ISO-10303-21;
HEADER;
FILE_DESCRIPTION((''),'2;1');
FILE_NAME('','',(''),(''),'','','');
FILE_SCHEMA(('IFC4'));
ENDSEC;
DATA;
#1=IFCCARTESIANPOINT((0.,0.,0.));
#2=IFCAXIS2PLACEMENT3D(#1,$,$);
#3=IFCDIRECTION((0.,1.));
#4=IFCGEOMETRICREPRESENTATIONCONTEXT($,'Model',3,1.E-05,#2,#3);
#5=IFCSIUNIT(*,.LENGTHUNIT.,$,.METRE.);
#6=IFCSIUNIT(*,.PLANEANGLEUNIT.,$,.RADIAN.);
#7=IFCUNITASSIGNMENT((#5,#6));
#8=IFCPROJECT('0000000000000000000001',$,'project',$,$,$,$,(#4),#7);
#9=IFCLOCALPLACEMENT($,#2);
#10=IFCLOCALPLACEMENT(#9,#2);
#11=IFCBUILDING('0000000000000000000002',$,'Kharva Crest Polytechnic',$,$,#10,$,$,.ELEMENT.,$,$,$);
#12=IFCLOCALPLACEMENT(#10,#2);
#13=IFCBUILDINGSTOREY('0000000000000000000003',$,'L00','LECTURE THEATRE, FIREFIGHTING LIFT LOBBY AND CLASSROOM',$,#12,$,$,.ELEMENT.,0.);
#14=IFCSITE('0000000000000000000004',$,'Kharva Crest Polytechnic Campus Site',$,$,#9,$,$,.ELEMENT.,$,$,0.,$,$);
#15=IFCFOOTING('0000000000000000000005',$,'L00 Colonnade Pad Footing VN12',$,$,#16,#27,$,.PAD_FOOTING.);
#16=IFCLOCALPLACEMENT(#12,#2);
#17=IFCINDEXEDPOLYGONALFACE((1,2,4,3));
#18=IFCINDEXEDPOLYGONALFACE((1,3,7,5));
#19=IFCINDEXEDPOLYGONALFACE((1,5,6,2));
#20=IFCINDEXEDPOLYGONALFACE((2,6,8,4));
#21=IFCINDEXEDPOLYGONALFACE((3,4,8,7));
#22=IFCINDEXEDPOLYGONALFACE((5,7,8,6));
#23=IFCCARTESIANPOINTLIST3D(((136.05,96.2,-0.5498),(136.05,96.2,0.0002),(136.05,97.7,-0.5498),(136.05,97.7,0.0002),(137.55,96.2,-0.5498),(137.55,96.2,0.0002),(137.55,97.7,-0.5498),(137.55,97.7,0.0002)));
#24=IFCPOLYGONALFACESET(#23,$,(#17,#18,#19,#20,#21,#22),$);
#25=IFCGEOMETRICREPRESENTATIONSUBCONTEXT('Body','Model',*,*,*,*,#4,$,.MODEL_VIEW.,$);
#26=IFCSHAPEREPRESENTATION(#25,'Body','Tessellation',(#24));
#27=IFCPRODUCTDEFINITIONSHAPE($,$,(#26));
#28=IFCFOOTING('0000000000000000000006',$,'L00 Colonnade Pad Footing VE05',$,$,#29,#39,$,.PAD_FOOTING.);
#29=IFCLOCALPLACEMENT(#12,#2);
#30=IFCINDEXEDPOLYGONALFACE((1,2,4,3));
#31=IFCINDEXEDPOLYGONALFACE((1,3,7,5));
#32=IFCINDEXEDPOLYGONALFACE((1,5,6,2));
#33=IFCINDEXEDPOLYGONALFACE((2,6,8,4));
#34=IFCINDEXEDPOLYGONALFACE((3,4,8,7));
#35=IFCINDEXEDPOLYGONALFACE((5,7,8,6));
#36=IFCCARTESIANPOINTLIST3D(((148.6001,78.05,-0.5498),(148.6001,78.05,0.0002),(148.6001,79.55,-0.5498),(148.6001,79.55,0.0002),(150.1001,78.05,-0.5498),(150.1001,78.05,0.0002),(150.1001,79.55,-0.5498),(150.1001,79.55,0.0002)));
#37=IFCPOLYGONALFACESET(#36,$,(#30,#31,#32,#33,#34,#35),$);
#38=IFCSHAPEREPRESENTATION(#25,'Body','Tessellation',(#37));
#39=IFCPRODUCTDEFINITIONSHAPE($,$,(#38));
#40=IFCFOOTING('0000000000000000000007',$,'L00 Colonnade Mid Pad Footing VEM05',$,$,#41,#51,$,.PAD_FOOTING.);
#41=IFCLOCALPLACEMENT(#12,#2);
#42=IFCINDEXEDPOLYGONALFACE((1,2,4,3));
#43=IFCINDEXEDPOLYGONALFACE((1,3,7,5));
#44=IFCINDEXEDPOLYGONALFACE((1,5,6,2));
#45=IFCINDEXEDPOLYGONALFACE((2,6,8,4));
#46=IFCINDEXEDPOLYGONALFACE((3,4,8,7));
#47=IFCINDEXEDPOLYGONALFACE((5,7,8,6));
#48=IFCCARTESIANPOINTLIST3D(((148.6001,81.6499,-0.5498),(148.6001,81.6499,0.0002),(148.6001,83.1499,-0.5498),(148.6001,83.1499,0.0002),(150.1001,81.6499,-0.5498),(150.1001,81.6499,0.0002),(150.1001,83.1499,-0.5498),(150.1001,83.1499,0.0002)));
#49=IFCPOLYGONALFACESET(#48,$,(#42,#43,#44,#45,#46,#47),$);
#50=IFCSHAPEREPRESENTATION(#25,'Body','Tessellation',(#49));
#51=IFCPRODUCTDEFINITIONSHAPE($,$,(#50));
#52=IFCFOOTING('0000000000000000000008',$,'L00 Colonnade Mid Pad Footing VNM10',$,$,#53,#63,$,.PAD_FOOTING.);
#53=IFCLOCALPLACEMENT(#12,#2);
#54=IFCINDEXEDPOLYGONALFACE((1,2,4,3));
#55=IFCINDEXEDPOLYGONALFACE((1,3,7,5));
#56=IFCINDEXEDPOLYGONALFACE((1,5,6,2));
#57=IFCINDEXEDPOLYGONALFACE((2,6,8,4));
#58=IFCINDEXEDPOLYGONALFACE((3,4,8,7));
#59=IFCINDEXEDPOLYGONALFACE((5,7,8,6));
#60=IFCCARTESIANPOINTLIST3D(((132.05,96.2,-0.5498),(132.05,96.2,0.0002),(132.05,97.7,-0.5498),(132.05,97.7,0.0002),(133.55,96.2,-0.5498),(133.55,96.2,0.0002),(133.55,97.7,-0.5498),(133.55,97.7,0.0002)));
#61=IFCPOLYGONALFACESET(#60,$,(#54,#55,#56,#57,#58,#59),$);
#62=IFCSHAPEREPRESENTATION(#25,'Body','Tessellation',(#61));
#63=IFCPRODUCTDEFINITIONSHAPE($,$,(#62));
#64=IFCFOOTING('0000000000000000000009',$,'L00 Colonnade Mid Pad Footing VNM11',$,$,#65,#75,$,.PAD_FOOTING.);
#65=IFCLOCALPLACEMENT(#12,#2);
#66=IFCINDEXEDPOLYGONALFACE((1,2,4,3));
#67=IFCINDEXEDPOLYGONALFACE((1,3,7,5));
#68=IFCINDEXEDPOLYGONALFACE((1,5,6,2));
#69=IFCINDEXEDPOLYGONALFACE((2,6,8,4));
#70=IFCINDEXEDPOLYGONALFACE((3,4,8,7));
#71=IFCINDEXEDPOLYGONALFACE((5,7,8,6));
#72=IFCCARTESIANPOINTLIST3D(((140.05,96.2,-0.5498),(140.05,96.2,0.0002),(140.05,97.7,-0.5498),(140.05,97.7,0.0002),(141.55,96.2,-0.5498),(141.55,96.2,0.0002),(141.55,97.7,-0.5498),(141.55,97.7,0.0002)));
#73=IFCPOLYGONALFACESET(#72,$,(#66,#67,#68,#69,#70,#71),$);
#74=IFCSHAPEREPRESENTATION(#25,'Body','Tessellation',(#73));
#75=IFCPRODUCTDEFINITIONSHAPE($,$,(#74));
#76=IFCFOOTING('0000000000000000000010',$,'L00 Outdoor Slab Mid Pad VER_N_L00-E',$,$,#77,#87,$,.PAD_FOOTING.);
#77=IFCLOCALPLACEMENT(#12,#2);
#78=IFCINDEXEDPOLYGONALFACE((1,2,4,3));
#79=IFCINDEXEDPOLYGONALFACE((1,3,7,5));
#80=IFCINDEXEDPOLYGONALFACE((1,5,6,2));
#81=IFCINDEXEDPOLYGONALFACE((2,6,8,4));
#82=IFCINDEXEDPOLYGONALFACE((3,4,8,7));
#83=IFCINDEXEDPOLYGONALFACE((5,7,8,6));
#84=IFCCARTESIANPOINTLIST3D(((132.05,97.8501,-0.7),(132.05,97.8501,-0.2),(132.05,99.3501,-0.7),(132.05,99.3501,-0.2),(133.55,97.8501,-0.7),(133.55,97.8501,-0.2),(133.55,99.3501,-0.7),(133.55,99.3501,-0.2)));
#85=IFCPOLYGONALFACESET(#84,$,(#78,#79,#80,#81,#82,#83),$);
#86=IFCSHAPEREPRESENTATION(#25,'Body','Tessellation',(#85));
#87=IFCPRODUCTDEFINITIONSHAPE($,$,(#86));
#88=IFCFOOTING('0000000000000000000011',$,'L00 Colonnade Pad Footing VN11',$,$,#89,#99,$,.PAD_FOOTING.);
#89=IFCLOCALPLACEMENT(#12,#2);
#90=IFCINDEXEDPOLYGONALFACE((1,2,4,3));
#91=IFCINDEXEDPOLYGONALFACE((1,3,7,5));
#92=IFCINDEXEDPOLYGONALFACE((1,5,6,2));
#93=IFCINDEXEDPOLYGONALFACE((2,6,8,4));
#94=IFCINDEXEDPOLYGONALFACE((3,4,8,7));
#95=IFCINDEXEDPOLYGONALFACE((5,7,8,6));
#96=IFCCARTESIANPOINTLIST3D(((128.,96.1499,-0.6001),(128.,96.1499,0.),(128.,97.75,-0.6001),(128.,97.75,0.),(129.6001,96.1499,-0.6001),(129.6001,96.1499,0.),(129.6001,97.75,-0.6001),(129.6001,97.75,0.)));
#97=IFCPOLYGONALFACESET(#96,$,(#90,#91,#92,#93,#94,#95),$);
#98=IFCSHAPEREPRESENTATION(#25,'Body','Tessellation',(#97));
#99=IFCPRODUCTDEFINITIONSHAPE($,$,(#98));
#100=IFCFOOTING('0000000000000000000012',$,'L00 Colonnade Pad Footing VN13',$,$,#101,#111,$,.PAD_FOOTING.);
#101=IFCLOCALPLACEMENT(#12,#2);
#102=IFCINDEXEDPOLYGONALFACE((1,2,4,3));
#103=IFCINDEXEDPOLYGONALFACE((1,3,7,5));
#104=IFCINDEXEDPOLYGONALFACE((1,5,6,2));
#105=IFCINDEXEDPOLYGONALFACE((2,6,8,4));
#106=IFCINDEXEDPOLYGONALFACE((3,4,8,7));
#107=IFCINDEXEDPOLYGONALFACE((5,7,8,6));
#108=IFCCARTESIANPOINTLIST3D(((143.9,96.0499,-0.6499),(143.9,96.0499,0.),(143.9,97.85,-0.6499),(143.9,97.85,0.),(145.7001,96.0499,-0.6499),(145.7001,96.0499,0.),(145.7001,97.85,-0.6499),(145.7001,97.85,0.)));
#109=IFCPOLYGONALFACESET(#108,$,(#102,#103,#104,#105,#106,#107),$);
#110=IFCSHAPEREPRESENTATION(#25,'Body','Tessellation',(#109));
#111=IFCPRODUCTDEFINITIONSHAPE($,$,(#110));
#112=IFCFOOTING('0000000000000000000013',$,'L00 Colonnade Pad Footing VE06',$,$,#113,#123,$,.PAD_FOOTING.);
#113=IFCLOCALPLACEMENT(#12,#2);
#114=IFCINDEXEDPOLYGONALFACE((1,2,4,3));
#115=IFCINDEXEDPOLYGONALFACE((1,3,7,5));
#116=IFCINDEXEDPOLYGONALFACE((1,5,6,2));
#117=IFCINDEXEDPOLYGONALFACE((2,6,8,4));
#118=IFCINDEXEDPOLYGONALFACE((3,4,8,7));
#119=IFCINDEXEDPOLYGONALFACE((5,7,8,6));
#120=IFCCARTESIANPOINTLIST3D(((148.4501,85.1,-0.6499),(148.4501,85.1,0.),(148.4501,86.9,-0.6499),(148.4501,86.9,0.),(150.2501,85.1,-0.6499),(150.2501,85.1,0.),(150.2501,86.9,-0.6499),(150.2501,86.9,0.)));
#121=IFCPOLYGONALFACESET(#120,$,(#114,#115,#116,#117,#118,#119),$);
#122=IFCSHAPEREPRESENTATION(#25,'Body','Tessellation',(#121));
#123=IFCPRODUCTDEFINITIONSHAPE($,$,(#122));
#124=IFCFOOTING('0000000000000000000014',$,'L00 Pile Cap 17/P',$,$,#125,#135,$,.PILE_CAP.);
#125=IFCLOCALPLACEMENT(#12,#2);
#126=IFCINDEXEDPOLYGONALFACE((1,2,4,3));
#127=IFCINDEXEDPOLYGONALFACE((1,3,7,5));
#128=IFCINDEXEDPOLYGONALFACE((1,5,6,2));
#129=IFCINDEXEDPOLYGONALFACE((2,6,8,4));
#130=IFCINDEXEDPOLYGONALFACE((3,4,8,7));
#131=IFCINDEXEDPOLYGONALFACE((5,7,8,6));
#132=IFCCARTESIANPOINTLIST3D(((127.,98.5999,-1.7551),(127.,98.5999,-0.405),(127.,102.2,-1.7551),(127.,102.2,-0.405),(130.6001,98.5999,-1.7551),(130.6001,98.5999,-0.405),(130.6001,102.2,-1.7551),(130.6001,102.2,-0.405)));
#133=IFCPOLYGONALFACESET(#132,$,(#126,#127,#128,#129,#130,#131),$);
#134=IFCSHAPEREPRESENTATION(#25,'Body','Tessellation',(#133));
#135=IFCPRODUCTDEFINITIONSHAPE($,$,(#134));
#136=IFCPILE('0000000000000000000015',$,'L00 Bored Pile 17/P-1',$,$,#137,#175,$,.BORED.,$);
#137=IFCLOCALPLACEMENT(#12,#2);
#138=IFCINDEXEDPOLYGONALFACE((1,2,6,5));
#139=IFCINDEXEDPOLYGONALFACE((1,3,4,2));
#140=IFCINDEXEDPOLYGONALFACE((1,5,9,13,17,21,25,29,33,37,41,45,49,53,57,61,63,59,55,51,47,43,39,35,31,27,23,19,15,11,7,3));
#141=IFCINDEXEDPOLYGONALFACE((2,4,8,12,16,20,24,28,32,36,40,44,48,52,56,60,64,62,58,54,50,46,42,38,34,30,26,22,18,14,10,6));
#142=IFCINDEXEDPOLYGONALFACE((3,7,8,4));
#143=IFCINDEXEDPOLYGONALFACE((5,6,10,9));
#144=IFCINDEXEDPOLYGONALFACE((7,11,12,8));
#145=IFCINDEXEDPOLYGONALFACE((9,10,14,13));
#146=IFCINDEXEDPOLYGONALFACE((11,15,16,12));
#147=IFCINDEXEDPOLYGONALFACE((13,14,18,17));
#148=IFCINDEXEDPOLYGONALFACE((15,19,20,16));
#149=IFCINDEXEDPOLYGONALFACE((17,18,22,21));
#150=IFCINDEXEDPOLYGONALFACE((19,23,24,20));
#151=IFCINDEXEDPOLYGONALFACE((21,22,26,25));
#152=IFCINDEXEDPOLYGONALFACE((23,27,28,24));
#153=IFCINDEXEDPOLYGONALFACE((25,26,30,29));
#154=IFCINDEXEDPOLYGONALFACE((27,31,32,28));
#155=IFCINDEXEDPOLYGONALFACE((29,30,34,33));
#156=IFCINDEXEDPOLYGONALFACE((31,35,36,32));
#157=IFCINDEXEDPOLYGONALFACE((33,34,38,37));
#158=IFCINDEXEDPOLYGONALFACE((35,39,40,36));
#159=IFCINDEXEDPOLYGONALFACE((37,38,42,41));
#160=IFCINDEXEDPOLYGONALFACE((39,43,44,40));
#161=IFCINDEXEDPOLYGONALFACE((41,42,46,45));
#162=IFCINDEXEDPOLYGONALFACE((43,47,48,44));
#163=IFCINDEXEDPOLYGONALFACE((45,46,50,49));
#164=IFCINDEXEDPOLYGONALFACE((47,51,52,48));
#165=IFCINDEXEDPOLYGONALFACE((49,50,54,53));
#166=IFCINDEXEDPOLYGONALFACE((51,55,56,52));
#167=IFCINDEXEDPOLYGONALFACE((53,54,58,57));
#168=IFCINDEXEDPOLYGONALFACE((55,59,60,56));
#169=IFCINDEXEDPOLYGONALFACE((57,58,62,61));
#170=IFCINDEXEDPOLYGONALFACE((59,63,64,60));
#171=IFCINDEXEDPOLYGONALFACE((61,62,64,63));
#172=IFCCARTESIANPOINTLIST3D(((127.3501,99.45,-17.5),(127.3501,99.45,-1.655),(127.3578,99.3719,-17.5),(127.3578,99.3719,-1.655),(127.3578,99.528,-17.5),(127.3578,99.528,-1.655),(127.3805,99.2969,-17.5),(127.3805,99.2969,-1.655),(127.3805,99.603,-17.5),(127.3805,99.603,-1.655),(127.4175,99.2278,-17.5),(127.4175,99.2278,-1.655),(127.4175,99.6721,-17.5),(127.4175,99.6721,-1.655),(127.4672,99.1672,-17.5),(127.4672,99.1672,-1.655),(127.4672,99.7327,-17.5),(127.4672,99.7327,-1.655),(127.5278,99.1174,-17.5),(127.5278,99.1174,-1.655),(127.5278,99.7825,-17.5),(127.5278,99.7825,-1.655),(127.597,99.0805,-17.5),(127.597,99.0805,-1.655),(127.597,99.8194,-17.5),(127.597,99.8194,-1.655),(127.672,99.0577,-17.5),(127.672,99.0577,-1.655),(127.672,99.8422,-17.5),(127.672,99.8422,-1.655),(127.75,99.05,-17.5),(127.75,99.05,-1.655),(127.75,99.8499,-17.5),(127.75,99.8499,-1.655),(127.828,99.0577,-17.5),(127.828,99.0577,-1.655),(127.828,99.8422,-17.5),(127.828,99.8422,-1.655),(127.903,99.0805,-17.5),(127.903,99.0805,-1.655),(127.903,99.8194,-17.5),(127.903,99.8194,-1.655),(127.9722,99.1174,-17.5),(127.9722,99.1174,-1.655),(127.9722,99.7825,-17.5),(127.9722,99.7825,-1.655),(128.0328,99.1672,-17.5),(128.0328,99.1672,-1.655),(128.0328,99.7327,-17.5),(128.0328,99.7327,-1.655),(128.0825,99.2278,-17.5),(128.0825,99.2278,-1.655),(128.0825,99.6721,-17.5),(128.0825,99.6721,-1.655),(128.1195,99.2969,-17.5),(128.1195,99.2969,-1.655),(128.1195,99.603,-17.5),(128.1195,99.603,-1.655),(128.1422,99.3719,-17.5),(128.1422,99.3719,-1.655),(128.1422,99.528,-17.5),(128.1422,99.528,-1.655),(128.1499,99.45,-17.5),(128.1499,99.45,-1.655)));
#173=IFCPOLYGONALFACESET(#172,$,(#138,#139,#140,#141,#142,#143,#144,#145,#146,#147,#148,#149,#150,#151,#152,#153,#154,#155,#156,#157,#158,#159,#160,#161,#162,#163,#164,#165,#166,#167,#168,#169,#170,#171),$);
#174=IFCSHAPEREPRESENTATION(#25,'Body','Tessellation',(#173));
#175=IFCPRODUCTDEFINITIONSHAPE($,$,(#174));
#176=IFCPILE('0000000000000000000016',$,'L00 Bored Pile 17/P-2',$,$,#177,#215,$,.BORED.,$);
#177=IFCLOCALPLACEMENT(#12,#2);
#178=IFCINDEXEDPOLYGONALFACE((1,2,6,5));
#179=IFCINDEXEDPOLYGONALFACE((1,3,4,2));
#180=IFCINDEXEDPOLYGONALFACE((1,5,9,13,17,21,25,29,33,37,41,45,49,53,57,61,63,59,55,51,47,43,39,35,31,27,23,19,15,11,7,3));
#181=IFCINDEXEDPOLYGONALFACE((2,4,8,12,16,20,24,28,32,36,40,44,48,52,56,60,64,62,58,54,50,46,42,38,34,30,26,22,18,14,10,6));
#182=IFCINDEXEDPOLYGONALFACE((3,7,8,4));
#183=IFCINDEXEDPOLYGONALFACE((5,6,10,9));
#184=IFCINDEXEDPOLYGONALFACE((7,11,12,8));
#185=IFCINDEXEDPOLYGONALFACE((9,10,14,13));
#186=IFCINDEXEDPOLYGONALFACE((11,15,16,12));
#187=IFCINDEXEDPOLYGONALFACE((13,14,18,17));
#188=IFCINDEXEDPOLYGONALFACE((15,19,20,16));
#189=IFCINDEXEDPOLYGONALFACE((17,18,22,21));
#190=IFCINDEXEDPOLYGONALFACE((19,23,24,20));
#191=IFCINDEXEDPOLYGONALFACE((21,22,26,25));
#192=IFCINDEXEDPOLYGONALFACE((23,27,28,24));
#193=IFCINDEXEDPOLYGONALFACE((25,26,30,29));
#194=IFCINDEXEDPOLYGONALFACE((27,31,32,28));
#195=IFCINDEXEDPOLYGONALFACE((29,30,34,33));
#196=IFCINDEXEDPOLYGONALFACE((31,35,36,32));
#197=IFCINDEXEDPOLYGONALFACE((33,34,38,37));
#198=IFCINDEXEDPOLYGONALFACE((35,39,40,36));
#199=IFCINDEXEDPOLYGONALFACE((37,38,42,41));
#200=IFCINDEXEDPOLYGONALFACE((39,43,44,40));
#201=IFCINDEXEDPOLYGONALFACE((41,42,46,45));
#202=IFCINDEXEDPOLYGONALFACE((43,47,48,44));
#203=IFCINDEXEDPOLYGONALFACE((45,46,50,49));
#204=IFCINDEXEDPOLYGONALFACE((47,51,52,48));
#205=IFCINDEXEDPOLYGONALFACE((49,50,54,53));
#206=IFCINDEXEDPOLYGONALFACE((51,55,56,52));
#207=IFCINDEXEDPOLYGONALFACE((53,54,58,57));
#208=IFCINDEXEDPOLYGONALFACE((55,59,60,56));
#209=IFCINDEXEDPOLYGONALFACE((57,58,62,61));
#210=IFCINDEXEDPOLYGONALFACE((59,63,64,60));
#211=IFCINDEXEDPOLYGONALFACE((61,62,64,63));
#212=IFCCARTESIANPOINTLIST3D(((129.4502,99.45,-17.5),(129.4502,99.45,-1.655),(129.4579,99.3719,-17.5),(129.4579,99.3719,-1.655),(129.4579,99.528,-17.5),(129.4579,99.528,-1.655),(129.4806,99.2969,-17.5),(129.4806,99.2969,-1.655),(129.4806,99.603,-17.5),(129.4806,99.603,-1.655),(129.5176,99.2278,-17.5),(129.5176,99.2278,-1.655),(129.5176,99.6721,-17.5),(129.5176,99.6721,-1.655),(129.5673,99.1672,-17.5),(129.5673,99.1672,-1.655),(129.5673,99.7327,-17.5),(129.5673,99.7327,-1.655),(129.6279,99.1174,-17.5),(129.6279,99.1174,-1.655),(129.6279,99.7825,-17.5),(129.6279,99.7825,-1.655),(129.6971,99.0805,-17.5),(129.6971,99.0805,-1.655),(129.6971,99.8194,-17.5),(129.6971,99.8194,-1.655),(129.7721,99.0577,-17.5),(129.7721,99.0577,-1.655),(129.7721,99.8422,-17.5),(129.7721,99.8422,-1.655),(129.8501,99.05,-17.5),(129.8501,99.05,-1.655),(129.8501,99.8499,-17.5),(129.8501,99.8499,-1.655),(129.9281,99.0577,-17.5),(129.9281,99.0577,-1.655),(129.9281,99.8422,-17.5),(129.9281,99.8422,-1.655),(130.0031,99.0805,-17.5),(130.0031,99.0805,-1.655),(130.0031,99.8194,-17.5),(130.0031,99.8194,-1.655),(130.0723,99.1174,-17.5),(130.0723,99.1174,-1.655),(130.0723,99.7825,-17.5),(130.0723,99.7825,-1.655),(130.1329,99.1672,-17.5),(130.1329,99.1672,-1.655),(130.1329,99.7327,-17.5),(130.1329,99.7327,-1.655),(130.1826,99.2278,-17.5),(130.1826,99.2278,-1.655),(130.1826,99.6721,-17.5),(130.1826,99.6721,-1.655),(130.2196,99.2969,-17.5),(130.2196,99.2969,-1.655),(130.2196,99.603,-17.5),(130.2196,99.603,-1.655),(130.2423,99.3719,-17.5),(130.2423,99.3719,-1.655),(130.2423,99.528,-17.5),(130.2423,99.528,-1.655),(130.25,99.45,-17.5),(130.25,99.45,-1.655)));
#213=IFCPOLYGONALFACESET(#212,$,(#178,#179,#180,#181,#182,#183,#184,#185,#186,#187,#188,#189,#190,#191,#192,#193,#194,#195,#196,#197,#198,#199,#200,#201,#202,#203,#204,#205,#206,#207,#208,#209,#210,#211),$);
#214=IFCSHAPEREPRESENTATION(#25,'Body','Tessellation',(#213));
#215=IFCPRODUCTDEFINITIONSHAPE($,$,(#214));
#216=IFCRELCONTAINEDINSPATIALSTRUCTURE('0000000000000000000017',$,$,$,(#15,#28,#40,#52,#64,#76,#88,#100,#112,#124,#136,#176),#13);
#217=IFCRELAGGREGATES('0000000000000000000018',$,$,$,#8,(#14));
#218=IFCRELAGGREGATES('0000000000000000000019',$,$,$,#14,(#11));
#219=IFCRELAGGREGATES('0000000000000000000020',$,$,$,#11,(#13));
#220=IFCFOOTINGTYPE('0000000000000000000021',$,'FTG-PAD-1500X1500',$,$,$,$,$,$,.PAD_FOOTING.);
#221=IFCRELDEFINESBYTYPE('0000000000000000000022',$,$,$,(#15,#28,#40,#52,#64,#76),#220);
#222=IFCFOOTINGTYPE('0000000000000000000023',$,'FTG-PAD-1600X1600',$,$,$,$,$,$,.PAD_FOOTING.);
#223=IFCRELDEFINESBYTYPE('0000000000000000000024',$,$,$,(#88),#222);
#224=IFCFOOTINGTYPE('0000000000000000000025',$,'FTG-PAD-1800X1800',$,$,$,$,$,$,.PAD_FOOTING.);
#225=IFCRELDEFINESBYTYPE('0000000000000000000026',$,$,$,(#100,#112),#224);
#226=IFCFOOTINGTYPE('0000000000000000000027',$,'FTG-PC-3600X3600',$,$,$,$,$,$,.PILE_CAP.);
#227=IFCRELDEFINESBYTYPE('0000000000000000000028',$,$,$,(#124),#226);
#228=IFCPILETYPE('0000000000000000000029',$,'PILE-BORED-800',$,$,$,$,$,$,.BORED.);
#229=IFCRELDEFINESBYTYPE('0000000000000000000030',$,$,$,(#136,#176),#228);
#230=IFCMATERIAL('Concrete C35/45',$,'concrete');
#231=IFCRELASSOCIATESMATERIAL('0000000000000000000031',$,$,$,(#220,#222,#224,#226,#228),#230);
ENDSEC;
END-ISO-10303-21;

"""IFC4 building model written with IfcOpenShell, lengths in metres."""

from ifc_helpers import new_model, si_unit, direction, frame, origin, origin_2d, place, context, subcontext, project, spatial, rectangle, circle, extrude, material, material_profile, profile_set, type_object, element, save


model = new_model("IFC4")

# Units and contexts
model_context = context("Model", 3, precision=1e-05, world=origin(), true_north=direction((0.0, 1.0)))
body_context = subcontext(model_context, "Body", "Model", "MODEL_VIEW")
ifc_project = project(units=[si_unit("LENGTHUNIT", "METRE"), si_unit("PLANEANGLEUNIT", "RADIAN")], contexts=[model_context])

# Site, building, storey
site_placement = place(None, origin())
site = spatial("IfcSite", under=ifc_project, at=site_placement, Name="Kharva Crest Polytechnic Campus Site", CompositionType="ELEMENT", RefElevation=0.0)
building_placement = place(site_placement, origin())
building = spatial("IfcBuilding", under=site, at=building_placement, Name="Kharva Crest Polytechnic", CompositionType="ELEMENT")
storey_placement = place(building_placement, origin())
storey = spatial("IfcBuildingStorey", under=building, at=storey_placement, Name="L00", Description="LECTURE THEATRE, FIREFIGHTING LIFT LOBBY AND CLASSROOM", CompositionType="ELEMENT", Elevation=0.0)

# Footings
ifc_material_1 = material(Name="Concrete C35/45", Category="concrete")
footing_type_1 = type_object("IfcFootingType", Name="FTG-PAD-1500X1500", PredefinedType="PAD_FOOTING", material=ifc_material_1)
for number, where, z_axis, x_axis, name in (
    (1, (136.8, 96.95, -0.5498), (0.0, 0.0, 1.0), (1.0, 0.0, 0.0), "L00 Colonnade Pad Footing VN12"),
    (2, (149.3501, 78.8, -0.5498), (0.0, 0.0, 1.0), (1.0, 0.0, 0.0), "L00 Colonnade Pad Footing VE05"),
    (3, (149.3501, 82.3999, -0.5498), (0.0, 0.0, 1.0), (1.0, 0.0, 0.0), "L00 Colonnade Mid Pad Footing VEM05"),
    (4, (132.8, 96.95, -0.5498), (0.0, 0.0, 1.0), (1.0, 0.0, 0.0), "L00 Colonnade Mid Pad Footing VNM10"),
    (5, (140.8, 96.95, -0.5498), (0.0, 0.0, 1.0), (1.0, 0.0, 0.0), "L00 Colonnade Mid Pad Footing VNM11"),
):
    element("IfcFooting", number, at=place(storey_placement, frame(where, z_axis=z_axis, x_axis=x_axis)), inside=storey, type_object=footing_type_1, Name=name, PredefinedType="PAD_FOOTING", context=body_context, shape_type="SweptSolid", body=[
        extrude(rectangle(XDim=1.5, YDim=1.5, at=origin_2d()), origin(), (0.0, 0.0, 1.0), 0.55),
    ])
footing_1_placement = place(storey_placement, frame((132.8, 98.6001, -0.7), z_axis=(0.0, 0.0, 1.0), x_axis=(1.0, 0.0, 0.0)))
element("IfcFooting", 6, at=footing_1_placement, inside=storey, type_object=footing_type_1, Name="L00 Outdoor Slab Mid Pad VER_N_L00-E", PredefinedType="PAD_FOOTING", context=body_context, shape_type="SweptSolid", body=[
    extrude(rectangle(XDim=1.5, YDim=1.5, at=origin_2d()), origin(), (0.0, 0.0, 1.0), 0.5),
])
footing_type_2 = type_object("IfcFootingType", Name="FTG-PAD-1600X1600", PredefinedType="PAD_FOOTING", material=ifc_material_1)
footing_2_placement = place(storey_placement, frame((128.8, 96.95, -0.6001), z_axis=(0.0, 0.0, 1.0), x_axis=(1.0, 0.0, 0.0)))
element("IfcFooting", 7, at=footing_2_placement, inside=storey, type_object=footing_type_2, Name="L00 Colonnade Pad Footing VN11", PredefinedType="PAD_FOOTING", context=body_context, shape_type="SweptSolid", body=[
    extrude(rectangle(XDim=1.6001, YDim=1.6001, at=origin_2d()), origin(), (0.0, 0.0, 1.0), 0.6001),
])
footing_type_3 = type_object("IfcFootingType", Name="FTG-PAD-1800X1800", PredefinedType="PAD_FOOTING", material=ifc_material_1)
for number, where, z_axis, x_axis, name in (
    (8, (144.8, 96.95, -0.6499), (0.0, 0.0, 1.0), (1.0, 0.0, 0.0), "L00 Colonnade Pad Footing VN13"),
    (9, (149.3501, 86.0, -0.6499), (0.0, 0.0, 1.0), (1.0, 0.0, 0.0), "L00 Colonnade Pad Footing VE06"),
):
    element("IfcFooting", number, at=place(storey_placement, frame(where, z_axis=z_axis, x_axis=x_axis)), inside=storey, type_object=footing_type_3, Name=name, PredefinedType="PAD_FOOTING", context=body_context, shape_type="SweptSolid", body=[
        extrude(rectangle(XDim=1.8, YDim=1.8, at=origin_2d()), origin(), (0.0, 0.0, 1.0), 0.6499),
    ])
footing_type_4 = type_object("IfcFootingType", Name="FTG-PC-3600X3600", PredefinedType="PILE_CAP", material=ifc_material_1)
footing_3_placement = place(storey_placement, frame((128.8, 100.3999, -1.7551), z_axis=(0.0, 0.0, 1.0), x_axis=(1.0, 0.0, 0.0)))
element("IfcFooting", 10, at=footing_3_placement, inside=storey, type_object=footing_type_4, Name="L00 Pile Cap 17/P", PredefinedType="PILE_CAP", context=body_context, shape_type="SweptSolid", body=[
    extrude(rectangle(XDim=3.6001, YDim=3.6001, at=origin_2d()), origin(), (0.0, 0.0, 1.0), 1.3501),
])

# Piles
ifc_material_profile_1 = material_profile(ifc_material_1, circle(Radius=0.3999, at=origin_2d()), Name="DIA 800")
ifc_profile_set_1 = profile_set([ifc_material_profile_1], Name="Concrete C35/45")
pile_type = type_object("IfcPileType", Name="PILE-BORED-800", PredefinedType="BORED", material=ifc_profile_set_1)
for number, where, z_axis, x_axis, name in (
    (11, (127.75, 99.45, -1.655), (0.0, 0.0, -1.0), (1.0, 0.0, 0.0), "L00 Bored Pile 17/P-1"),
    (12, (129.8501, 99.45, -1.655), (0.0, 0.0, -1.0), (1.0, 0.0, 0.0), "L00 Bored Pile 17/P-2"),
):
    element("IfcPile", number, at=place(storey_placement, frame(where, z_axis=z_axis, x_axis=x_axis)), inside=storey, type_object=pile_type, Name=name, PredefinedType="BORED", context=body_context, shape_type="SweptSolid", body=[
        extrude(circle(Radius=0.3999, at=origin_2d()), origin(), (0.0, 0.0, 1.0), 15.845),
    ])

save(model, "model.ifc")
